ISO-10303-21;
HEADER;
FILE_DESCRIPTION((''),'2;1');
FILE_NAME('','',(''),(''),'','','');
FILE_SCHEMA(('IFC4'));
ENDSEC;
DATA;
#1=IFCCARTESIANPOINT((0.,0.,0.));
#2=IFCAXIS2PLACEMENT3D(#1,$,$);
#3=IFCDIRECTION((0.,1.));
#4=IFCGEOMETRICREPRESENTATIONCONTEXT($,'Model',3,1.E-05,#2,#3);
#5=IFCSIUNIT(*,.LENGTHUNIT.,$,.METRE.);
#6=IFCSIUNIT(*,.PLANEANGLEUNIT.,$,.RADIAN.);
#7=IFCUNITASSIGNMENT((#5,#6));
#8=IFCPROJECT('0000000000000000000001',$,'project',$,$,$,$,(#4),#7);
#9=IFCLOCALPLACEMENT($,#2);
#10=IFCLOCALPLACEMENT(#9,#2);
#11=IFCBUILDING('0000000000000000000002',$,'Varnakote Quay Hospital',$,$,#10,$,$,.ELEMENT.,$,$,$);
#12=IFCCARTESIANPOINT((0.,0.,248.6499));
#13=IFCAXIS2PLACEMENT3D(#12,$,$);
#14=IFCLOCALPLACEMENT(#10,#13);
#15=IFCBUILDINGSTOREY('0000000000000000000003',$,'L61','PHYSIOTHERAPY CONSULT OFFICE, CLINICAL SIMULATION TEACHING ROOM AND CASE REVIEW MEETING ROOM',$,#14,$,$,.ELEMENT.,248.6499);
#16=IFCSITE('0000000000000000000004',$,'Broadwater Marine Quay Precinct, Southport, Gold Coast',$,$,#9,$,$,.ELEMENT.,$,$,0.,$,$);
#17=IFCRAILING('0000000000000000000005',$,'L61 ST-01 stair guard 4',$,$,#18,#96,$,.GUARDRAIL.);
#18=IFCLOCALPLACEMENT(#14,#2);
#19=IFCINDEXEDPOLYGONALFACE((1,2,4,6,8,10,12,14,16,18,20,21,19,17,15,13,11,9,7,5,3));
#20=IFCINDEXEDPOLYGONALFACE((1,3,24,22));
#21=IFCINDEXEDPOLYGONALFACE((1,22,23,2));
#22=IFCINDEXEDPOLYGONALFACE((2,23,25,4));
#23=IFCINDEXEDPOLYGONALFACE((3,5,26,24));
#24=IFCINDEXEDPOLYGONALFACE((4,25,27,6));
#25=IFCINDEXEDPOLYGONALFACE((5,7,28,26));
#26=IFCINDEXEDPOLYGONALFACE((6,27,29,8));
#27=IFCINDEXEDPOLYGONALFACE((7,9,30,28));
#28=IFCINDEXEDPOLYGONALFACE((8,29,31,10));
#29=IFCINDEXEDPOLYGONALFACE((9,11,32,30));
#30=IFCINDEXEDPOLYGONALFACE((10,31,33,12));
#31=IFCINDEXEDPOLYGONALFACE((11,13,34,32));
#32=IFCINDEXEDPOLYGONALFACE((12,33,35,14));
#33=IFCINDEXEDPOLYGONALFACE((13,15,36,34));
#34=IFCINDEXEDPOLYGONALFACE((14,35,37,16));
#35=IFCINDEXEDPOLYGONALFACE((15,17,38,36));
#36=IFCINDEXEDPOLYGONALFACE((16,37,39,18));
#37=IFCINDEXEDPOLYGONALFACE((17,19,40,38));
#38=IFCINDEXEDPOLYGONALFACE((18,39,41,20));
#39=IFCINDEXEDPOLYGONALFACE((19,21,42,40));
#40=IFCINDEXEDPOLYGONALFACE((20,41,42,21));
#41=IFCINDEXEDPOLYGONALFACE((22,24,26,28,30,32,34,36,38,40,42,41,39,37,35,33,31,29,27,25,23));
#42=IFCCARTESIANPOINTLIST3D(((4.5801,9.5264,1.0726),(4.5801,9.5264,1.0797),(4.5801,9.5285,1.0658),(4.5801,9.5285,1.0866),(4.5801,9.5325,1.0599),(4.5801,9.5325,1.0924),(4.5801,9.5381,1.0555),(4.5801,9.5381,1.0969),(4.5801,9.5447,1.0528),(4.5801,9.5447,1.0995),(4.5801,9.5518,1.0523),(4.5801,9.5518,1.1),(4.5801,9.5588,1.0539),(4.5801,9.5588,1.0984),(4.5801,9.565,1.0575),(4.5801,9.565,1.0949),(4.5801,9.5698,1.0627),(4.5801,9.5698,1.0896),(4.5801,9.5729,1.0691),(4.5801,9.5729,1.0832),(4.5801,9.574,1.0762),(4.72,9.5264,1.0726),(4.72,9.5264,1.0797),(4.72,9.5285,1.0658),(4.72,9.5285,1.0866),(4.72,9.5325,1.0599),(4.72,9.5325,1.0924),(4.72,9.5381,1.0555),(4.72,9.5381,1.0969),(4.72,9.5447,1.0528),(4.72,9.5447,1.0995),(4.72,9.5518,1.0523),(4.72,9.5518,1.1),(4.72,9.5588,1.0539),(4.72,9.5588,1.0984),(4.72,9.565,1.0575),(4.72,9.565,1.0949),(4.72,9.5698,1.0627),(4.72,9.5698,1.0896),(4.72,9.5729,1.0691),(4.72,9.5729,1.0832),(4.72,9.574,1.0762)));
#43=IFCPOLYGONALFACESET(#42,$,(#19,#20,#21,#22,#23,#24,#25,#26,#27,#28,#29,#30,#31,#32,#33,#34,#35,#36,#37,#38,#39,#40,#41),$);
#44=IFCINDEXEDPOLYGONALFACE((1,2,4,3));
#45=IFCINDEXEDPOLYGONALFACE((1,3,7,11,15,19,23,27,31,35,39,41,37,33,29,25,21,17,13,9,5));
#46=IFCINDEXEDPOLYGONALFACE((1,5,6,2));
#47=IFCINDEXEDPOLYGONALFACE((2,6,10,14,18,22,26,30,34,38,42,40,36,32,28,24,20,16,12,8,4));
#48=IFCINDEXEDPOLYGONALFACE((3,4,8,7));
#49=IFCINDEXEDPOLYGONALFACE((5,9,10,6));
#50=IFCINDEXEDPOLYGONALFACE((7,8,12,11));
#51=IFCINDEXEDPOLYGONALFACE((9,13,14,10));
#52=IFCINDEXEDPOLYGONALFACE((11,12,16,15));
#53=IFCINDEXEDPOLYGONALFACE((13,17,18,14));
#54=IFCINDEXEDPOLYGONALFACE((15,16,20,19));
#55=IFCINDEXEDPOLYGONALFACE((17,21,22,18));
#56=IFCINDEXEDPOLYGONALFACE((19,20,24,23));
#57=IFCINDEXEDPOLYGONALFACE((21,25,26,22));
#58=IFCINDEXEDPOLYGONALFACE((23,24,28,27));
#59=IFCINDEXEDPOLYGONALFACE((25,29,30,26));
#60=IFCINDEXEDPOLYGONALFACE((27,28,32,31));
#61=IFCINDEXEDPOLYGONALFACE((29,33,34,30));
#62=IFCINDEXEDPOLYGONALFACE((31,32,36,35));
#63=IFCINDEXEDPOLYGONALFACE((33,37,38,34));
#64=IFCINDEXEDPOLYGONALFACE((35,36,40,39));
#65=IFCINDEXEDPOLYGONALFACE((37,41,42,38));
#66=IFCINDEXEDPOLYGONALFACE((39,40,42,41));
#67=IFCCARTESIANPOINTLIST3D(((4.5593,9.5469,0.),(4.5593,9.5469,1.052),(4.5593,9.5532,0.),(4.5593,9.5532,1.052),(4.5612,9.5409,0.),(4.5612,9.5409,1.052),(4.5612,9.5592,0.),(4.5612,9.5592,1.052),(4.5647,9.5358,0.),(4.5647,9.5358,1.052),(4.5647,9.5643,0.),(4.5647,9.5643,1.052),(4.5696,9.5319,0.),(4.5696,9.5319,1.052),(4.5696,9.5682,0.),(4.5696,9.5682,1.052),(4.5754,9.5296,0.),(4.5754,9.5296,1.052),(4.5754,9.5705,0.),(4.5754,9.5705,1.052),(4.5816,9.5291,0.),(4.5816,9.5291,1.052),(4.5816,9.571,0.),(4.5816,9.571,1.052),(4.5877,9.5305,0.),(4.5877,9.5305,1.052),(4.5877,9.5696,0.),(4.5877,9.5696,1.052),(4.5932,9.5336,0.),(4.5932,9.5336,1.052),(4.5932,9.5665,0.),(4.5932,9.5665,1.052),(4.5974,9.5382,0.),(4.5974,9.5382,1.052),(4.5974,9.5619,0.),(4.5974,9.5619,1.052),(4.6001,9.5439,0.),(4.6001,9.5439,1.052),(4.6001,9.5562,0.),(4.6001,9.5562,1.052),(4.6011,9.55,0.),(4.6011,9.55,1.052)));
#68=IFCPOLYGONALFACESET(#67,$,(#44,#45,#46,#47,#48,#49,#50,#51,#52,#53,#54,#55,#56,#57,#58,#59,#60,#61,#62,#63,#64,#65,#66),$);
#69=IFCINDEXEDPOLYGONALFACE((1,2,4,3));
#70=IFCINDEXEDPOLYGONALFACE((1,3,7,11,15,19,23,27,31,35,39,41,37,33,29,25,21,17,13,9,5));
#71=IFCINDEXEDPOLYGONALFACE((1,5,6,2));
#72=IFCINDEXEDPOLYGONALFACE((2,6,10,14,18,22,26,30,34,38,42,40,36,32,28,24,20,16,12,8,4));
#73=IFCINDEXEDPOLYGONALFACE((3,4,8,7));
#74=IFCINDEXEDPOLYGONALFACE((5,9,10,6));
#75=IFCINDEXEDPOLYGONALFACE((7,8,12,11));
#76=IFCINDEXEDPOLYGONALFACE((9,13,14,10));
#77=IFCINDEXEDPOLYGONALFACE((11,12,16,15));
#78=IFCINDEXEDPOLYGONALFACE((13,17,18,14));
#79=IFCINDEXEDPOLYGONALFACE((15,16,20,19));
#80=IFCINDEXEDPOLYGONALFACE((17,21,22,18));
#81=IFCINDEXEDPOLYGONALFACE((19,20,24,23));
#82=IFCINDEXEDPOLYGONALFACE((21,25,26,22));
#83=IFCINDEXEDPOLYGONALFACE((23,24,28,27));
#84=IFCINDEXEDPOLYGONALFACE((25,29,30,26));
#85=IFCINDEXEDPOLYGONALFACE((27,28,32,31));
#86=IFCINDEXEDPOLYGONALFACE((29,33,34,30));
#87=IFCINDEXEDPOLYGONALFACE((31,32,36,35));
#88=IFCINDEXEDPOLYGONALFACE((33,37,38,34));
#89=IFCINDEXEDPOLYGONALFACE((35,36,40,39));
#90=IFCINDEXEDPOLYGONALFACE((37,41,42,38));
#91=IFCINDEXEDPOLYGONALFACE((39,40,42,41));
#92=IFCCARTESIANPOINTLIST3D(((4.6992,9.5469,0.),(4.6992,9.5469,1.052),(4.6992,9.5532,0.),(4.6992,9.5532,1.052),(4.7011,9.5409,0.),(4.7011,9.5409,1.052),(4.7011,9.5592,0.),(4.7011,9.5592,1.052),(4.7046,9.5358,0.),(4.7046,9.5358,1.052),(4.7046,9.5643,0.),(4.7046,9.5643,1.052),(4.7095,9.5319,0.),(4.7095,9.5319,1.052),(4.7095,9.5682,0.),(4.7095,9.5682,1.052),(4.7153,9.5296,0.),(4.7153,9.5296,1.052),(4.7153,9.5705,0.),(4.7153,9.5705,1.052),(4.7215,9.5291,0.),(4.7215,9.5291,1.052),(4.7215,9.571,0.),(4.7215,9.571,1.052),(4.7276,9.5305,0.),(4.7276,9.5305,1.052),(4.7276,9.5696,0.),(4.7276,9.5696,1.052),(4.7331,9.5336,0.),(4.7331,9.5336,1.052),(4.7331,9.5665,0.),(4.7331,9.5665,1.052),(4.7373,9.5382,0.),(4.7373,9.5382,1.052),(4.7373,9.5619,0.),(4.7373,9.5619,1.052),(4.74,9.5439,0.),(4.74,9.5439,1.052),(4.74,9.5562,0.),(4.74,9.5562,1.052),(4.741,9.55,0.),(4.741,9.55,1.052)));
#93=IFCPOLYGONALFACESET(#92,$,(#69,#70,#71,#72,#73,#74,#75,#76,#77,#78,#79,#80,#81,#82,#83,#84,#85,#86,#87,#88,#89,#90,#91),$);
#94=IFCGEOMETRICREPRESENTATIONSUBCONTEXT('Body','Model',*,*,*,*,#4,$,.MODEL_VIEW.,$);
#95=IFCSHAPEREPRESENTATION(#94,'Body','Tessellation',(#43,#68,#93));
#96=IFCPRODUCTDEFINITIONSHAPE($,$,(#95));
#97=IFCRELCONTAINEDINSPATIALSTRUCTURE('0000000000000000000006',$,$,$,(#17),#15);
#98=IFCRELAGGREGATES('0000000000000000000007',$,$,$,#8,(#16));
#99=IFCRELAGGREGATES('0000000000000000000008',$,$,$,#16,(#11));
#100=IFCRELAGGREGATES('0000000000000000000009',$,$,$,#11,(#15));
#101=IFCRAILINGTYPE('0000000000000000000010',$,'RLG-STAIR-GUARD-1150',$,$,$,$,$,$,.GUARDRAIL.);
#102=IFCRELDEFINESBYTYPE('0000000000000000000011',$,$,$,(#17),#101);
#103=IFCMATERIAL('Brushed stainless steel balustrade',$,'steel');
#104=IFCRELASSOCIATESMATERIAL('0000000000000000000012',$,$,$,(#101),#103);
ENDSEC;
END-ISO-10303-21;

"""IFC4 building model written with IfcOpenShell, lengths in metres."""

from ifc_helpers import new_model, si_unit, direction, frame, origin, origin_2d, place, context, subcontext, project, spatial, circle, extrude, material, type_object, element, save


model = new_model("IFC4")

# Units and contexts
model_context = context("Model", 3, precision=1e-05, world=origin(), true_north=direction((0.0, 1.0)))
body_context = subcontext(model_context, "Body", "Model", "MODEL_VIEW")
ifc_project = project(units=[si_unit("LENGTHUNIT", "METRE"), si_unit("PLANEANGLEUNIT", "RADIAN")], contexts=[model_context])

# Site, building, storey
site_placement = place(None, origin())
site = spatial("IfcSite", under=ifc_project, at=site_placement, Name="Broadwater Marine Quay Precinct, Southport, Gold Coast", CompositionType="ELEMENT", RefElevation=0.0)
building_placement = place(site_placement, origin())
building = spatial("IfcBuilding", under=site, at=building_placement, Name="Varnakote Quay Hospital", CompositionType="ELEMENT")
storey_placement = place(building_placement, frame((0.0, 0.0, 248.6499)))
storey = spatial("IfcBuildingStorey", under=building, at=storey_placement, Name="L61", Description="PHYSIOTHERAPY CONSULT OFFICE, CLINICAL SIMULATION TEACHING ROOM AND CASE REVIEW MEETING ROOM", CompositionType="ELEMENT", Elevation=248.6499)

# Railing
ifc_material_1 = material(Name="Brushed stainless steel balustrade", Category="steel")
railing_type_1 = type_object("IfcRailingType", Name="RLG-STAIR-GUARD-1150", PredefinedType="GUARDRAIL", material=ifc_material_1)
railing_1_placement = place(storey_placement, frame((4.5801, 9.55, 0.0)))
element("IfcRailing", 1, at=railing_1_placement, inside=storey, type_object=railing_type_1, Name="L61 ST-01 stair guard 4", PredefinedType="GUARDRAIL", context=body_context, shape_type="SweptSolid", body=[
    extrude(circle(Radius=0.0239, at=origin_2d()), frame((0.0, 0.0, 1.0762), z_axis=(1.0, 0.0, 0.0), x_axis=(0.0, 1.0, 0.0)), (0.0, 0.0, 1.0), 0.1399),
    extrude(circle(Radius=0.021, at=origin_2d()), origin(), (0.0, 0.0, 1.0), 1.052),
    extrude(circle(Radius=0.021, at=origin_2d()), frame((0.1399, 0.0, 0.0)), (0.0, 0.0, 1.0), 1.052),
])

save(model, "model.ifc")
